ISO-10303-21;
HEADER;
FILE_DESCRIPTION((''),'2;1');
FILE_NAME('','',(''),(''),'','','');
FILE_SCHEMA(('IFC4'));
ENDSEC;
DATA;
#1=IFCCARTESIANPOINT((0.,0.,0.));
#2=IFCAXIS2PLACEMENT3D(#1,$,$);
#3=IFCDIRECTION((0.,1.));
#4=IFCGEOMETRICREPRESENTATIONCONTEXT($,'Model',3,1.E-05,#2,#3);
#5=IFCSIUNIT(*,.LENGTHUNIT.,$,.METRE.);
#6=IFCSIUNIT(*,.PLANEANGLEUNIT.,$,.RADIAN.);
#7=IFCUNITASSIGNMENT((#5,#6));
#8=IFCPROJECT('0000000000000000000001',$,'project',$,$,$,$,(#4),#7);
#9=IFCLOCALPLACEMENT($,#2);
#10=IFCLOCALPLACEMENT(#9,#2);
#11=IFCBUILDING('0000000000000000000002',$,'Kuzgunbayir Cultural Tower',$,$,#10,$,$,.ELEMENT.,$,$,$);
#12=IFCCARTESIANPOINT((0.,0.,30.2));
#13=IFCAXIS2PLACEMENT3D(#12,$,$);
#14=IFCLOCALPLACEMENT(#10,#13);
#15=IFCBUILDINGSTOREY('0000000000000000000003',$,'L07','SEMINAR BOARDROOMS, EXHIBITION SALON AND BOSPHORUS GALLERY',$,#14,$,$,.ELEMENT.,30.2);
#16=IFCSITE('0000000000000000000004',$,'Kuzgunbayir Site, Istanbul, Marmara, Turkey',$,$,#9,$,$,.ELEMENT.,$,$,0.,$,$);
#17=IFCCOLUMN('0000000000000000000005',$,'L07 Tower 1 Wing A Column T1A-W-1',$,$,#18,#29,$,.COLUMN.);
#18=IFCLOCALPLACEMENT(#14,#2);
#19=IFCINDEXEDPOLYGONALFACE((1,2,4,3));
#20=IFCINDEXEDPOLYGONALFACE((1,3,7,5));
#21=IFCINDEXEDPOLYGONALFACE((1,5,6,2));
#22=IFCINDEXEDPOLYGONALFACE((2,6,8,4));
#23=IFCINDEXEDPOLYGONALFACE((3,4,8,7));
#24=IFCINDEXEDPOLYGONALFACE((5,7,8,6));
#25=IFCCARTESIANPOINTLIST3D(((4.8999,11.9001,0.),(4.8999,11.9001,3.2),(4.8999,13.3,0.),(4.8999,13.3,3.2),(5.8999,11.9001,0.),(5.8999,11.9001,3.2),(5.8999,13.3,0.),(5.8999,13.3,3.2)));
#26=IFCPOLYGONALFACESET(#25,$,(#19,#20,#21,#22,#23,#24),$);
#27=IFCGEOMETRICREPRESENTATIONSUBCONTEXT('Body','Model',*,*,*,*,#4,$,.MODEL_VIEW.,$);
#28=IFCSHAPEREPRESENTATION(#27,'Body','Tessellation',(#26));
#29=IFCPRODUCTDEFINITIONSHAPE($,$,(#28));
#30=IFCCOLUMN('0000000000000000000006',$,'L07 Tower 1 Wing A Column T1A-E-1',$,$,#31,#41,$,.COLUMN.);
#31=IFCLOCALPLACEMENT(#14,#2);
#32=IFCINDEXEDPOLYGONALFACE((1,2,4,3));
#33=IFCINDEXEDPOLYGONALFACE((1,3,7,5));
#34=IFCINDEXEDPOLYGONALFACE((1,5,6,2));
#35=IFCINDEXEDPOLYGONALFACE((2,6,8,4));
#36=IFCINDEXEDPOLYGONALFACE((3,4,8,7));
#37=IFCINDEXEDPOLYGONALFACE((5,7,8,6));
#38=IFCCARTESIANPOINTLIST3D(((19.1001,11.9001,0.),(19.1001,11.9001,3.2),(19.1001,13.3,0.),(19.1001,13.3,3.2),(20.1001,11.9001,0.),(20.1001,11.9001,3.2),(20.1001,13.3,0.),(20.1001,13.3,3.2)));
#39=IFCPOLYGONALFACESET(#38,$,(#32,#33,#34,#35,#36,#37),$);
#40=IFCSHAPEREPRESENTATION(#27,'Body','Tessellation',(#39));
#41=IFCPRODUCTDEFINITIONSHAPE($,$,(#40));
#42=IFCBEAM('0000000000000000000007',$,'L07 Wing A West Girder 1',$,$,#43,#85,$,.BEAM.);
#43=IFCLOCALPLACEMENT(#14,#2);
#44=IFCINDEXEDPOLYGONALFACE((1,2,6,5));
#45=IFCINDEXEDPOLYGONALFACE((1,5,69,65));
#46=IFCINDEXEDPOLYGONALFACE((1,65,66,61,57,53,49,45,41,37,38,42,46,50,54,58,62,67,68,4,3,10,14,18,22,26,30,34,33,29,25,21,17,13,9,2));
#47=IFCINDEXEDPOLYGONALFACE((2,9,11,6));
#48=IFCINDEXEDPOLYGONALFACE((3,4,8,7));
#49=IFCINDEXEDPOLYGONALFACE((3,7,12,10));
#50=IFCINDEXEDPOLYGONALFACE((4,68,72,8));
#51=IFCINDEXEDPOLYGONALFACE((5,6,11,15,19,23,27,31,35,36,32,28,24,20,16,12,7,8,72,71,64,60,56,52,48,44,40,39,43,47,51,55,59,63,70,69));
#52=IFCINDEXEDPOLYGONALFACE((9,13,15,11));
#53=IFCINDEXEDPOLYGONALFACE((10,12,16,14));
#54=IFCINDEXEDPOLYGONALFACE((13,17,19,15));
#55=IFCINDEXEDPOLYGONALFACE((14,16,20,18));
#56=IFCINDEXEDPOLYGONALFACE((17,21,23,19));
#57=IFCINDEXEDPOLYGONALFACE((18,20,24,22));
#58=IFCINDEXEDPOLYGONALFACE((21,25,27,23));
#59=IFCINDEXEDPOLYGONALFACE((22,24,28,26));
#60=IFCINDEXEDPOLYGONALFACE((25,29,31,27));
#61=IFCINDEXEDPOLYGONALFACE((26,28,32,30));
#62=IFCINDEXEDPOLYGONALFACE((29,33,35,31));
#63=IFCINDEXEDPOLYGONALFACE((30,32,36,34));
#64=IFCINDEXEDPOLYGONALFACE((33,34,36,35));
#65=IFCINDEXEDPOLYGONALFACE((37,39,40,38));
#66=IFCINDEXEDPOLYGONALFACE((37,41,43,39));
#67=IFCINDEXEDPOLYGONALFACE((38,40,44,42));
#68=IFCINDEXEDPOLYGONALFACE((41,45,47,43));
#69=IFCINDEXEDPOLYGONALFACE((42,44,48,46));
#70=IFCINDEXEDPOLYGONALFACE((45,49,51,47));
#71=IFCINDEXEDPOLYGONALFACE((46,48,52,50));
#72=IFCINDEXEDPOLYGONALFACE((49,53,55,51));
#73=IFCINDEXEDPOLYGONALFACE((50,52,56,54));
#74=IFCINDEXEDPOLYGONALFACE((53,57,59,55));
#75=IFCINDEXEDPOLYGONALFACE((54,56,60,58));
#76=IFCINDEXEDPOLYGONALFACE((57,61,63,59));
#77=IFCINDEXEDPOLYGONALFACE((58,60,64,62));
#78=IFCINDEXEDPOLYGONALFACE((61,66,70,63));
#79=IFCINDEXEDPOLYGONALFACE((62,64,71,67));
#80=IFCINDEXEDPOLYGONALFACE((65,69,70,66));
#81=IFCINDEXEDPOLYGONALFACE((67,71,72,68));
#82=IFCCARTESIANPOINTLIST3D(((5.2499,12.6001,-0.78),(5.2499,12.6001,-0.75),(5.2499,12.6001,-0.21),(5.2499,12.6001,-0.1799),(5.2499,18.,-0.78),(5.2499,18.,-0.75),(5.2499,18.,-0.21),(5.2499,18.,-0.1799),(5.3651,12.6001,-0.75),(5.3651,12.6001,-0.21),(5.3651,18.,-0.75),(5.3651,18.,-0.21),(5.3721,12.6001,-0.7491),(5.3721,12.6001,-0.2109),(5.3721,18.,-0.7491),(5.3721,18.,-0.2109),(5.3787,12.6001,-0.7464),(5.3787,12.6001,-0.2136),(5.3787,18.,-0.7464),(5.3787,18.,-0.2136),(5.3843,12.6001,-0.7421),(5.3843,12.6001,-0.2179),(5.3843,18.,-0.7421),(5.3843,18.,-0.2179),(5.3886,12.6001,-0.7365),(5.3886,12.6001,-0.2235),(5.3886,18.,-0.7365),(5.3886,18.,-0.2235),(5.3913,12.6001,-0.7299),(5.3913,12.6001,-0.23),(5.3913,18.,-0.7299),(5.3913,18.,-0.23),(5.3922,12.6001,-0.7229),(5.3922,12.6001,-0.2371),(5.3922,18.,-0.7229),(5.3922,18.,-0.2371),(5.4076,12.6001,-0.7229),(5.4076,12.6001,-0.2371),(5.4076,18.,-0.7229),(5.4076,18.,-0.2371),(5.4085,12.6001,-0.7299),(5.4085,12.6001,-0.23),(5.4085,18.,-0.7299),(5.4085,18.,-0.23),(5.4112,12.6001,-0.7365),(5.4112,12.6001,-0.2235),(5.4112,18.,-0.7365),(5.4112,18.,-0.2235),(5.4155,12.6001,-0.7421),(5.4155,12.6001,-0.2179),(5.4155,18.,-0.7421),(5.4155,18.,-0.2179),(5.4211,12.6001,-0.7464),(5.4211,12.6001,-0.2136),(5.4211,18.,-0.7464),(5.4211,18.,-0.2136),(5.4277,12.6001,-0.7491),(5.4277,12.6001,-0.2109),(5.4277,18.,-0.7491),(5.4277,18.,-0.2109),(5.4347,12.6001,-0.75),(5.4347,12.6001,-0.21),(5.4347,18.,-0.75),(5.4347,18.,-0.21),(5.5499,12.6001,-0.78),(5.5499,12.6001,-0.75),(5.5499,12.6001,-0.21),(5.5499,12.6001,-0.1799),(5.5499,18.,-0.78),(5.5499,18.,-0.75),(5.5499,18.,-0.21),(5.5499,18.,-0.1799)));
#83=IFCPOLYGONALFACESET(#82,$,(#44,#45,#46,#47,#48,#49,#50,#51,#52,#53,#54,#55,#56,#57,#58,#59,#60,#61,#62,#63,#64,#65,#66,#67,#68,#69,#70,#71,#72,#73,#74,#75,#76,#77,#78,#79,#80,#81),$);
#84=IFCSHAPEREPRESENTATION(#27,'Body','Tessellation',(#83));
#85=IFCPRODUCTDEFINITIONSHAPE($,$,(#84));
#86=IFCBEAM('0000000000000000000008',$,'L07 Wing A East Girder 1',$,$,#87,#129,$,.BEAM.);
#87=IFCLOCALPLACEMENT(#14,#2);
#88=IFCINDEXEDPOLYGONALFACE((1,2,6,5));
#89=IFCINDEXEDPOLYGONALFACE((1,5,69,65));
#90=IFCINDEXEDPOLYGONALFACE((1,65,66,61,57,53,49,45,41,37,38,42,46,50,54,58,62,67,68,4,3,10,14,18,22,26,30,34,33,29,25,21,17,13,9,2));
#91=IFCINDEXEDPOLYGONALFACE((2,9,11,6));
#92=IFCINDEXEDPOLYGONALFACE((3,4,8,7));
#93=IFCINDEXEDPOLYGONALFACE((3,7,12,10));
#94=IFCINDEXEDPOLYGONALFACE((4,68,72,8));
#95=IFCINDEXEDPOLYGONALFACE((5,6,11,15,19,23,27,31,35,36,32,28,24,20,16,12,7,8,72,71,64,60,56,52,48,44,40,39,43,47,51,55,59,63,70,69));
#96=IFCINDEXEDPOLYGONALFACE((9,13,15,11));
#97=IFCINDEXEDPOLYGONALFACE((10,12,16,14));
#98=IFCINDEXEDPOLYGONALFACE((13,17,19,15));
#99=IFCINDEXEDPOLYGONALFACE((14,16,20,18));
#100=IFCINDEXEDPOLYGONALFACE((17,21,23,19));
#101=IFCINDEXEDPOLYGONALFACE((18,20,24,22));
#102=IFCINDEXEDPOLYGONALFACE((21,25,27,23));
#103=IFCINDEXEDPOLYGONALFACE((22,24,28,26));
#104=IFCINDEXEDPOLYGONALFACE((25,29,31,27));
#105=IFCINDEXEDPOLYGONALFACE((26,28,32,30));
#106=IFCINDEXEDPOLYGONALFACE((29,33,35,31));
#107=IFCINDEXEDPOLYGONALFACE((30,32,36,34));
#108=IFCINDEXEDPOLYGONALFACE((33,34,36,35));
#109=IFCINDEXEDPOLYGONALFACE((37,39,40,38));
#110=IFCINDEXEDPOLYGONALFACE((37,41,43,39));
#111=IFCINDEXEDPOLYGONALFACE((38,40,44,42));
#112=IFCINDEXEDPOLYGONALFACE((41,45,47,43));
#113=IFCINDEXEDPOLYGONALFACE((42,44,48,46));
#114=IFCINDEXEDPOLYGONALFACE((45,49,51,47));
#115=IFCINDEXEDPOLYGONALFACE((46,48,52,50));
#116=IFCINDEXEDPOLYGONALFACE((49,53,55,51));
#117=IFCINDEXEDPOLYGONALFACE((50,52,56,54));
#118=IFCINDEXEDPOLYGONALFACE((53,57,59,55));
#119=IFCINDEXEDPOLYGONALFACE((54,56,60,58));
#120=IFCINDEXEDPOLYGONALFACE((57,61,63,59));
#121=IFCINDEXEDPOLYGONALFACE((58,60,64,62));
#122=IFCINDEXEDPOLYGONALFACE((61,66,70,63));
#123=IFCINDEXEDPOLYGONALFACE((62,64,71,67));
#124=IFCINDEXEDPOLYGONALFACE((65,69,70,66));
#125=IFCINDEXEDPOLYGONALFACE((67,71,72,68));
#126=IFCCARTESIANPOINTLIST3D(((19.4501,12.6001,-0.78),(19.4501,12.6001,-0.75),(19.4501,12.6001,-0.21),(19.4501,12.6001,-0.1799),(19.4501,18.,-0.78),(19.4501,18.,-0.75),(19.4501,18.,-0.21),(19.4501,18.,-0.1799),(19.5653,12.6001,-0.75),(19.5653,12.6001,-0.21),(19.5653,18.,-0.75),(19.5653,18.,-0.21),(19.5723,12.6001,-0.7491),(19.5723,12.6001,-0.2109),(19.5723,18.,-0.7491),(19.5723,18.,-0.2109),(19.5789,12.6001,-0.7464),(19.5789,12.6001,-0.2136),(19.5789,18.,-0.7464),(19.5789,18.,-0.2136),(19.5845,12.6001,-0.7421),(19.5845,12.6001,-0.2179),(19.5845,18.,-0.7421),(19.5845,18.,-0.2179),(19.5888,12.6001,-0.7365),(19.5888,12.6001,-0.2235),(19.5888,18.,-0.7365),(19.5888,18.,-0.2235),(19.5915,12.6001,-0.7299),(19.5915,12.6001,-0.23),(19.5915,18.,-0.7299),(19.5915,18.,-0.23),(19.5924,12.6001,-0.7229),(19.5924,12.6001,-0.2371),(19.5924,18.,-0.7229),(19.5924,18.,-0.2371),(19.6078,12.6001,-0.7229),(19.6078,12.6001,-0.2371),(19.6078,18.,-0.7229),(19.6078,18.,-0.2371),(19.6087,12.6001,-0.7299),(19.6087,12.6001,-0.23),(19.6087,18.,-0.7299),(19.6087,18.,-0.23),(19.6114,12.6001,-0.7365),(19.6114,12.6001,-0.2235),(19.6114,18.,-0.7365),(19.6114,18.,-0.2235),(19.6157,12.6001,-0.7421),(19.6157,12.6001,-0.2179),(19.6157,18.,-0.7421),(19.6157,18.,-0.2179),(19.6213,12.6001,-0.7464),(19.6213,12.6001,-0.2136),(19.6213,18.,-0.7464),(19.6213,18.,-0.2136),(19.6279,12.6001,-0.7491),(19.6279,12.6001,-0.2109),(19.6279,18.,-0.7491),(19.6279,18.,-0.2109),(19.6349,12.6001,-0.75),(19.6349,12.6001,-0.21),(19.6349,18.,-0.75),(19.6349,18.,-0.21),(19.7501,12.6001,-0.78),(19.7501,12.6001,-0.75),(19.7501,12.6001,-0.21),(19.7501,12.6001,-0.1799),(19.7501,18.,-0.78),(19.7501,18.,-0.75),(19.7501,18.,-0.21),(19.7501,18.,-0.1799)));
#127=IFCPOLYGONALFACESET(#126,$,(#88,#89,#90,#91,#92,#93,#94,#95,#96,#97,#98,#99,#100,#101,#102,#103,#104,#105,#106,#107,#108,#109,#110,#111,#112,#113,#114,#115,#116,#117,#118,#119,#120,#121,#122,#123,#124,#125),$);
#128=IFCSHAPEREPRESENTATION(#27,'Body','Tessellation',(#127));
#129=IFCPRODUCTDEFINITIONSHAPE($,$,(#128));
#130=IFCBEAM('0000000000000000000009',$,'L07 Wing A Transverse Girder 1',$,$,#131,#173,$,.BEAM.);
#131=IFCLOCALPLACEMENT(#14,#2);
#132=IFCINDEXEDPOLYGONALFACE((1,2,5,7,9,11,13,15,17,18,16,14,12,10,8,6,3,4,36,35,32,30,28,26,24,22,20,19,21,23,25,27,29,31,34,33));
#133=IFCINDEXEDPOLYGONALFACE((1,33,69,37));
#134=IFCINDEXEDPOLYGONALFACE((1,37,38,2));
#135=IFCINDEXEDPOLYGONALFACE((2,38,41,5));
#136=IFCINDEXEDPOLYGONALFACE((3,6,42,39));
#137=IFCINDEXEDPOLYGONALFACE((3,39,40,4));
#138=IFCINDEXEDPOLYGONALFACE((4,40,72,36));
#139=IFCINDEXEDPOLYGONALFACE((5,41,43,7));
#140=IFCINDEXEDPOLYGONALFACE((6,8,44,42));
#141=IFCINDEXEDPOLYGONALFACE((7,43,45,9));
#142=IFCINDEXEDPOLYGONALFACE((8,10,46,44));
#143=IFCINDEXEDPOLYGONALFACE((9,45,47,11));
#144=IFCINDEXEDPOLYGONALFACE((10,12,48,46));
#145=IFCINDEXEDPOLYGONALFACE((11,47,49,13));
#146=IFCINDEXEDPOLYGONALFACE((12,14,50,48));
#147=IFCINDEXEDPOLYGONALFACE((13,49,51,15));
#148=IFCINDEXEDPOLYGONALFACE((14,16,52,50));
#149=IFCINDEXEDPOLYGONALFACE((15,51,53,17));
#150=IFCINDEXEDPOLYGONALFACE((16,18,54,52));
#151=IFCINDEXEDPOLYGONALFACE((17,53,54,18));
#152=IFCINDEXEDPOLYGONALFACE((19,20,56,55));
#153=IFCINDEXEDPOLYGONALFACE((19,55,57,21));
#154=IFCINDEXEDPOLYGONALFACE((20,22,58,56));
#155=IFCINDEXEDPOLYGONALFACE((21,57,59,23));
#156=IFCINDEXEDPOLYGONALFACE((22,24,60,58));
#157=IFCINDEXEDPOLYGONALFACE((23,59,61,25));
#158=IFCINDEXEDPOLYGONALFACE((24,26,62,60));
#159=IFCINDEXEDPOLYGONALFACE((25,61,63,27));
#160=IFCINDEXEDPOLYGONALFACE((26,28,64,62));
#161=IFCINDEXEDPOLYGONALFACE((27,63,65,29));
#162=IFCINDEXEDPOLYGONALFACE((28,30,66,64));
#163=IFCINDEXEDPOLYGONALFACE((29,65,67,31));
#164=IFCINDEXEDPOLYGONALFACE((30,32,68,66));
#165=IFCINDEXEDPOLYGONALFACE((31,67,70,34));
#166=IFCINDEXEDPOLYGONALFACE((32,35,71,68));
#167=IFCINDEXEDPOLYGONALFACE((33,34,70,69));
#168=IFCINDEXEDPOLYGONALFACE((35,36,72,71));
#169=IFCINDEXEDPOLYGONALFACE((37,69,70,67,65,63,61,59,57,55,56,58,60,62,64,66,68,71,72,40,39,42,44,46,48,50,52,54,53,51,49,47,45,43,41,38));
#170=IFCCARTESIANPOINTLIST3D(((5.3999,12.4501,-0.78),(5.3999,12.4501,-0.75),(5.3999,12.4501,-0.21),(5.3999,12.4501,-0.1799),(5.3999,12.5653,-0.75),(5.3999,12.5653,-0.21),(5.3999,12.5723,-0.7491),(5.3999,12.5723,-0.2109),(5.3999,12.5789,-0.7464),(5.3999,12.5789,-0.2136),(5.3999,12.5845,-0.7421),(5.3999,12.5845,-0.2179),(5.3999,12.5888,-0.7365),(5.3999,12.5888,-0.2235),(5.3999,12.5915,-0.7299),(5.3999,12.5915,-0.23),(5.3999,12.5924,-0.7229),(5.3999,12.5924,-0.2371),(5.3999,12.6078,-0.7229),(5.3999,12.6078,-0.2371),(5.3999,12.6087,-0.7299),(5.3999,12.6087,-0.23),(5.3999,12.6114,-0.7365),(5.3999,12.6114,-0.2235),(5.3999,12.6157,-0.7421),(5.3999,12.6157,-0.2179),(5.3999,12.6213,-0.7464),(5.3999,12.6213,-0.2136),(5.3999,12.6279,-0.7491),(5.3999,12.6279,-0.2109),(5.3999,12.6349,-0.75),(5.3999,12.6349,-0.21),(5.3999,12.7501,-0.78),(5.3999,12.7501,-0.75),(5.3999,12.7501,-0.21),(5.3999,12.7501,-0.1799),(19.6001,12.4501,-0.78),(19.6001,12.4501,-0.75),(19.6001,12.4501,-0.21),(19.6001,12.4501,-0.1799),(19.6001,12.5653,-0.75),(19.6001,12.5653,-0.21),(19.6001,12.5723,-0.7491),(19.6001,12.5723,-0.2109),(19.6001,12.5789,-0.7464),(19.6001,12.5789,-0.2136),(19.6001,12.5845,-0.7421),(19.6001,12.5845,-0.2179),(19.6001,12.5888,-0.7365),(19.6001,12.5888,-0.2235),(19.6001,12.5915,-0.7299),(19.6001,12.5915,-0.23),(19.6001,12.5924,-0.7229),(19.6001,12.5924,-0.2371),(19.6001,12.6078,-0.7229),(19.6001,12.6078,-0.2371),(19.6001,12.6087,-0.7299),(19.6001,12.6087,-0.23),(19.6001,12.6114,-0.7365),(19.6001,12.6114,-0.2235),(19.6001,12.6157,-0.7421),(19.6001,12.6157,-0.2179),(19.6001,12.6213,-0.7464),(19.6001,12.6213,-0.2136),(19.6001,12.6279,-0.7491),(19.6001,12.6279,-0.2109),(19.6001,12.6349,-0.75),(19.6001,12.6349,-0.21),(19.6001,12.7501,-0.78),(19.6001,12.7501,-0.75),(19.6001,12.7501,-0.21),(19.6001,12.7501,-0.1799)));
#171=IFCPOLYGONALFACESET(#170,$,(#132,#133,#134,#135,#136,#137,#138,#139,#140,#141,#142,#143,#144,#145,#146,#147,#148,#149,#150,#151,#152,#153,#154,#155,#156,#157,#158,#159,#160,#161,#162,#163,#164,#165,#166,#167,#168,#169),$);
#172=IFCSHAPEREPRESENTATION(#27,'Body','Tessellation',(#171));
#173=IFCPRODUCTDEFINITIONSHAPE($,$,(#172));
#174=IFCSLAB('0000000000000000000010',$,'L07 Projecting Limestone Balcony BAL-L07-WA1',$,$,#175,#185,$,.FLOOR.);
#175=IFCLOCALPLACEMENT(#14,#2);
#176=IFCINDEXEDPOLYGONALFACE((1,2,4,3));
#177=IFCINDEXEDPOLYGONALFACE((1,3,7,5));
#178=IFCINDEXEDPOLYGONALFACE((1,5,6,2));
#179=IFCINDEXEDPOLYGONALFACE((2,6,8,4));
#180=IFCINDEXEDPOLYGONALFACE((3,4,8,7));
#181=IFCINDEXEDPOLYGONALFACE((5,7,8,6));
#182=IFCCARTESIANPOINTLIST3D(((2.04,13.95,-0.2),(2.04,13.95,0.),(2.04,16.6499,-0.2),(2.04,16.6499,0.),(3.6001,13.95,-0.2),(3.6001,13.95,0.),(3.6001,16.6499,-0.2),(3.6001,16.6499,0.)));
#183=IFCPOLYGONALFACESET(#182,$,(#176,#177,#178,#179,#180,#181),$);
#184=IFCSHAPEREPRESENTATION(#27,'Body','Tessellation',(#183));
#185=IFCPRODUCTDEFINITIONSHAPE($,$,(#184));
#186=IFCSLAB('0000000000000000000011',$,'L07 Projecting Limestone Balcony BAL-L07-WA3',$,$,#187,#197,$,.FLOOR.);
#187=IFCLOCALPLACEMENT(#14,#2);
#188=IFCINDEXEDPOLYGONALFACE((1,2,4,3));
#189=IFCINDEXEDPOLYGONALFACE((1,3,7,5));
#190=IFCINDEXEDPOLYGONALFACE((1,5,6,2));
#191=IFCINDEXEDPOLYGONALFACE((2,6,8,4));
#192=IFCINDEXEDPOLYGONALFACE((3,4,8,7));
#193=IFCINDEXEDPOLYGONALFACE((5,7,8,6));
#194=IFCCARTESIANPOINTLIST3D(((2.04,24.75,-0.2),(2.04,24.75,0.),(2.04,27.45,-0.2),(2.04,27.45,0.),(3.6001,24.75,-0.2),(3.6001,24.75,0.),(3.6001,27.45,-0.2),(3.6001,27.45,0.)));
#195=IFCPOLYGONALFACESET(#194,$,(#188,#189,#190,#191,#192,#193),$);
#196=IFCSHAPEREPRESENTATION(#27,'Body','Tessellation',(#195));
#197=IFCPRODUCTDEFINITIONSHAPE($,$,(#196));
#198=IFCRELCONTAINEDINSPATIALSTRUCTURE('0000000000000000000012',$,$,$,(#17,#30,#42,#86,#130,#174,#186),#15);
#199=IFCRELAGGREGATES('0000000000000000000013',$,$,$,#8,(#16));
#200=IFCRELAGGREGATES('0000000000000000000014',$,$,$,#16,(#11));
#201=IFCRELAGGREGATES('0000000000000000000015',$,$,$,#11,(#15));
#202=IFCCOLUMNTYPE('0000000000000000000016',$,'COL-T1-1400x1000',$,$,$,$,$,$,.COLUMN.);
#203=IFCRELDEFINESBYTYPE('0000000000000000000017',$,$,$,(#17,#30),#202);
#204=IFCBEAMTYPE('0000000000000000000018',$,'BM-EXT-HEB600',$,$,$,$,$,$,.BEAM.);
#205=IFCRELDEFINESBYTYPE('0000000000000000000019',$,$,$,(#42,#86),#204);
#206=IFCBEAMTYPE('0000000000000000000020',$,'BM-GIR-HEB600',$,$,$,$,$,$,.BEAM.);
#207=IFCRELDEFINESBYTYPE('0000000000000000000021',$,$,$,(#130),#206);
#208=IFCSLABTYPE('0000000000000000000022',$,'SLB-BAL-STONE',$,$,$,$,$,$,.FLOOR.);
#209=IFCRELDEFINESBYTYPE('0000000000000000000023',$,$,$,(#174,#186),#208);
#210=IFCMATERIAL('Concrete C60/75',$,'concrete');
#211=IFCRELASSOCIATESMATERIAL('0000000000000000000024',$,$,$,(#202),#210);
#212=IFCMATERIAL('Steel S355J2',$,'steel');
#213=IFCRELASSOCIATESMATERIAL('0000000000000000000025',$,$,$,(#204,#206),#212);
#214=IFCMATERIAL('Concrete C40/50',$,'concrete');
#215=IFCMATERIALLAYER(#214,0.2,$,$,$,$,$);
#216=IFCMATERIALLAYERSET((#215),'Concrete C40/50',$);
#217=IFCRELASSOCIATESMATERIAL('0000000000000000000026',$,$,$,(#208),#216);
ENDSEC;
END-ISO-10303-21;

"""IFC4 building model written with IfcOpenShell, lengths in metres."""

from ifc_helpers import new_model, si_unit, direction, frame, origin, origin_2d, place, context, subcontext, project, spatial, polyline, rectangle, i_section, outline, extrude, material, layer, layer_set, material_profile, profile_set, type_object, element, save


model = new_model("IFC4")

# Units and contexts
model_context = context("Model", 3, precision=1e-05, world=origin(), true_north=direction((0.0, 1.0)))
body_context = subcontext(model_context, "Body", "Model", "MODEL_VIEW")
ifc_project = project(units=[si_unit("LENGTHUNIT", "METRE"), si_unit("PLANEANGLEUNIT", "RADIAN")], contexts=[model_context])

# Site, building, storey
site_placement = place(None, origin())
site = spatial("IfcSite", under=ifc_project, at=site_placement, Name="Kuzgunbayir Site, Istanbul, Marmara, Turkey", CompositionType="ELEMENT", RefElevation=0.0)
building_placement = place(site_placement, origin())
building = spatial("IfcBuilding", under=site, at=building_placement, Name="Kuzgunbayir Cultural Tower", CompositionType="ELEMENT")
storey_placement = place(building_placement, frame((0.0, 0.0, 30.2)))
storey = spatial("IfcBuildingStorey", under=building, at=storey_placement, Name="L07", Description="SEMINAR BOARDROOMS, EXHIBITION SALON AND BOSPHORUS GALLERY", CompositionType="ELEMENT", Elevation=30.2)

# Columns
ifc_material_1 = material(Name="Concrete C60/75", Category="concrete")
ifc_material_profile_1 = material_profile(ifc_material_1, rectangle(XDim=1.0, YDim=1.3999, at=origin_2d()), Name="RC 1400x1000")
ifc_profile_set_1 = profile_set([ifc_material_profile_1], Name="Concrete C60/75")
column_type = type_object("IfcColumnType", Name="COL-T1-1400x1000", PredefinedType="COLUMN", material=ifc_profile_set_1)
for number, where, z_axis, x_axis, name in (
    (1, (5.3999, 12.6001, 0.0), (0.0, 0.0, 1.0), (1.0, 0.0, 0.0), "L07 Tower 1 Wing A Column T1A-W-1"),
    (2, (19.6001, 12.6001, 0.0), (0.0, 0.0, 1.0), (1.0, 0.0, 0.0), "L07 Tower 1 Wing A Column T1A-E-1"),
):
    element("IfcColumn", number, at=place(storey_placement, frame(where, z_axis=z_axis, x_axis=x_axis)), inside=storey, type_object=column_type, Name=name, PredefinedType="COLUMN", context=body_context, shape_type="SweptSolid", body=[
        extrude(rectangle(XDim=1.0, YDim=1.3999, at=origin_2d()), origin(), (0.0, 0.0, 1.0), 3.2),
    ])

# Beams
ifc_material_2 = material(Name="Steel S355J2", Category="steel")
ifc_material_profile_2 = material_profile(ifc_material_2, i_section(OverallWidth=0.3, OverallDepth=0.6001, WebThickness=0.0154, FlangeThickness=0.03, FilletRadius=0.0271, at=origin_2d()), Name="HEB 600")
ifc_profile_set_2 = profile_set([ifc_material_profile_2], Name="Steel S355J2")
beam_type_1 = type_object("IfcBeamType", Name="BM-EXT-HEB600", PredefinedType="BEAM", material=ifc_profile_set_2)
for number, where, z_axis, x_axis, name in (
    (3, (5.3999, 12.6001, -0.48), (0.0, 1.0, 0.0), (-1.0, 0.0, 0.0), "L07 Wing A West Girder 1"),
    (4, (19.6001, 12.6001, -0.48), (0.0, 1.0, 0.0), (-1.0, 0.0, 0.0), "L07 Wing A East Girder 1"),
):
    element("IfcBeam", number, at=place(storey_placement, frame(where, z_axis=z_axis, x_axis=x_axis)), inside=storey, type_object=beam_type_1, Name=name, PredefinedType="BEAM", context=body_context, shape_type="SweptSolid", body=[
        extrude(i_section(OverallWidth=0.3, OverallDepth=0.6001, WebThickness=0.0154, FlangeThickness=0.03, FilletRadius=0.0271, at=origin_2d()), origin(), (0.0, 0.0, 1.0), 5.3999),
    ])
ifc_material_profile_3 = material_profile(ifc_material_2, i_section(OverallWidth=0.3, OverallDepth=0.6001, WebThickness=0.0154, FlangeThickness=0.03, FilletRadius=0.0271, at=origin_2d()), Name="HEB 600")
ifc_profile_set_3 = profile_set([ifc_material_profile_3], Name="Steel S355J2")
beam_type_2 = type_object("IfcBeamType", Name="BM-GIR-HEB600", PredefinedType="BEAM", material=ifc_profile_set_3)
beam_placement = place(storey_placement, frame((5.3999, 12.6001, -0.48), z_axis=(1.0, 0.0, 0.0), x_axis=(0.0, 1.0, 0.0)))
element("IfcBeam", 5, at=beam_placement, inside=storey, type_object=beam_type_2, Name="L07 Wing A Transverse Girder 1", PredefinedType="BEAM", context=body_context, shape_type="SweptSolid", body=[
    extrude(i_section(OverallWidth=0.3, OverallDepth=0.6001, WebThickness=0.0154, FlangeThickness=0.03, FilletRadius=0.0271, at=origin_2d()), origin(), (0.0, 0.0, 1.0), 14.2002),
])

# Slabs
ifc_material_3 = material(Name="Concrete C40/50", Category="concrete")
ifc_layer_1 = layer(ifc_material_3, 0.2)
ifc_layer_set_1 = layer_set([ifc_layer_1], Name="Concrete C40/50")
slab_type_1 = type_object("IfcSlabType", Name="SLB-BAL-STONE", PredefinedType="FLOOR", material=ifc_layer_set_1)
slab_1_placement = place(storey_placement, frame((0.0, 0.0, -0.2)))
element("IfcSlab", 6, at=slab_1_placement, inside=storey, type_object=slab_type_1, Name="L07 Projecting Limestone Balcony BAL-L07-WA1", PredefinedType="FLOOR", context=body_context, shape_type="SweptSolid", body=[
    extrude(outline(polyline([(2.04, 13.95), (3.6001, 13.95), (3.6001, 16.6499), (2.04, 16.6499), (2.04, 13.95)])), origin(), (0.0, 0.0, 1.0), 0.2),
])
slab_2_placement = place(storey_placement, frame((0.0, 0.0, -0.2)))
element("IfcSlab", 7, at=slab_2_placement, inside=storey, type_object=slab_type_1, Name="L07 Projecting Limestone Balcony BAL-L07-WA3", PredefinedType="FLOOR", context=body_context, shape_type="SweptSolid", body=[
    extrude(outline(polyline([(2.04, 24.75), (3.6001, 24.75), (3.6001, 27.45), (2.04, 27.45), (2.04, 24.75)])), origin(), (0.0, 0.0, 1.0), 0.2),
])

save(model, "model.ifc")
